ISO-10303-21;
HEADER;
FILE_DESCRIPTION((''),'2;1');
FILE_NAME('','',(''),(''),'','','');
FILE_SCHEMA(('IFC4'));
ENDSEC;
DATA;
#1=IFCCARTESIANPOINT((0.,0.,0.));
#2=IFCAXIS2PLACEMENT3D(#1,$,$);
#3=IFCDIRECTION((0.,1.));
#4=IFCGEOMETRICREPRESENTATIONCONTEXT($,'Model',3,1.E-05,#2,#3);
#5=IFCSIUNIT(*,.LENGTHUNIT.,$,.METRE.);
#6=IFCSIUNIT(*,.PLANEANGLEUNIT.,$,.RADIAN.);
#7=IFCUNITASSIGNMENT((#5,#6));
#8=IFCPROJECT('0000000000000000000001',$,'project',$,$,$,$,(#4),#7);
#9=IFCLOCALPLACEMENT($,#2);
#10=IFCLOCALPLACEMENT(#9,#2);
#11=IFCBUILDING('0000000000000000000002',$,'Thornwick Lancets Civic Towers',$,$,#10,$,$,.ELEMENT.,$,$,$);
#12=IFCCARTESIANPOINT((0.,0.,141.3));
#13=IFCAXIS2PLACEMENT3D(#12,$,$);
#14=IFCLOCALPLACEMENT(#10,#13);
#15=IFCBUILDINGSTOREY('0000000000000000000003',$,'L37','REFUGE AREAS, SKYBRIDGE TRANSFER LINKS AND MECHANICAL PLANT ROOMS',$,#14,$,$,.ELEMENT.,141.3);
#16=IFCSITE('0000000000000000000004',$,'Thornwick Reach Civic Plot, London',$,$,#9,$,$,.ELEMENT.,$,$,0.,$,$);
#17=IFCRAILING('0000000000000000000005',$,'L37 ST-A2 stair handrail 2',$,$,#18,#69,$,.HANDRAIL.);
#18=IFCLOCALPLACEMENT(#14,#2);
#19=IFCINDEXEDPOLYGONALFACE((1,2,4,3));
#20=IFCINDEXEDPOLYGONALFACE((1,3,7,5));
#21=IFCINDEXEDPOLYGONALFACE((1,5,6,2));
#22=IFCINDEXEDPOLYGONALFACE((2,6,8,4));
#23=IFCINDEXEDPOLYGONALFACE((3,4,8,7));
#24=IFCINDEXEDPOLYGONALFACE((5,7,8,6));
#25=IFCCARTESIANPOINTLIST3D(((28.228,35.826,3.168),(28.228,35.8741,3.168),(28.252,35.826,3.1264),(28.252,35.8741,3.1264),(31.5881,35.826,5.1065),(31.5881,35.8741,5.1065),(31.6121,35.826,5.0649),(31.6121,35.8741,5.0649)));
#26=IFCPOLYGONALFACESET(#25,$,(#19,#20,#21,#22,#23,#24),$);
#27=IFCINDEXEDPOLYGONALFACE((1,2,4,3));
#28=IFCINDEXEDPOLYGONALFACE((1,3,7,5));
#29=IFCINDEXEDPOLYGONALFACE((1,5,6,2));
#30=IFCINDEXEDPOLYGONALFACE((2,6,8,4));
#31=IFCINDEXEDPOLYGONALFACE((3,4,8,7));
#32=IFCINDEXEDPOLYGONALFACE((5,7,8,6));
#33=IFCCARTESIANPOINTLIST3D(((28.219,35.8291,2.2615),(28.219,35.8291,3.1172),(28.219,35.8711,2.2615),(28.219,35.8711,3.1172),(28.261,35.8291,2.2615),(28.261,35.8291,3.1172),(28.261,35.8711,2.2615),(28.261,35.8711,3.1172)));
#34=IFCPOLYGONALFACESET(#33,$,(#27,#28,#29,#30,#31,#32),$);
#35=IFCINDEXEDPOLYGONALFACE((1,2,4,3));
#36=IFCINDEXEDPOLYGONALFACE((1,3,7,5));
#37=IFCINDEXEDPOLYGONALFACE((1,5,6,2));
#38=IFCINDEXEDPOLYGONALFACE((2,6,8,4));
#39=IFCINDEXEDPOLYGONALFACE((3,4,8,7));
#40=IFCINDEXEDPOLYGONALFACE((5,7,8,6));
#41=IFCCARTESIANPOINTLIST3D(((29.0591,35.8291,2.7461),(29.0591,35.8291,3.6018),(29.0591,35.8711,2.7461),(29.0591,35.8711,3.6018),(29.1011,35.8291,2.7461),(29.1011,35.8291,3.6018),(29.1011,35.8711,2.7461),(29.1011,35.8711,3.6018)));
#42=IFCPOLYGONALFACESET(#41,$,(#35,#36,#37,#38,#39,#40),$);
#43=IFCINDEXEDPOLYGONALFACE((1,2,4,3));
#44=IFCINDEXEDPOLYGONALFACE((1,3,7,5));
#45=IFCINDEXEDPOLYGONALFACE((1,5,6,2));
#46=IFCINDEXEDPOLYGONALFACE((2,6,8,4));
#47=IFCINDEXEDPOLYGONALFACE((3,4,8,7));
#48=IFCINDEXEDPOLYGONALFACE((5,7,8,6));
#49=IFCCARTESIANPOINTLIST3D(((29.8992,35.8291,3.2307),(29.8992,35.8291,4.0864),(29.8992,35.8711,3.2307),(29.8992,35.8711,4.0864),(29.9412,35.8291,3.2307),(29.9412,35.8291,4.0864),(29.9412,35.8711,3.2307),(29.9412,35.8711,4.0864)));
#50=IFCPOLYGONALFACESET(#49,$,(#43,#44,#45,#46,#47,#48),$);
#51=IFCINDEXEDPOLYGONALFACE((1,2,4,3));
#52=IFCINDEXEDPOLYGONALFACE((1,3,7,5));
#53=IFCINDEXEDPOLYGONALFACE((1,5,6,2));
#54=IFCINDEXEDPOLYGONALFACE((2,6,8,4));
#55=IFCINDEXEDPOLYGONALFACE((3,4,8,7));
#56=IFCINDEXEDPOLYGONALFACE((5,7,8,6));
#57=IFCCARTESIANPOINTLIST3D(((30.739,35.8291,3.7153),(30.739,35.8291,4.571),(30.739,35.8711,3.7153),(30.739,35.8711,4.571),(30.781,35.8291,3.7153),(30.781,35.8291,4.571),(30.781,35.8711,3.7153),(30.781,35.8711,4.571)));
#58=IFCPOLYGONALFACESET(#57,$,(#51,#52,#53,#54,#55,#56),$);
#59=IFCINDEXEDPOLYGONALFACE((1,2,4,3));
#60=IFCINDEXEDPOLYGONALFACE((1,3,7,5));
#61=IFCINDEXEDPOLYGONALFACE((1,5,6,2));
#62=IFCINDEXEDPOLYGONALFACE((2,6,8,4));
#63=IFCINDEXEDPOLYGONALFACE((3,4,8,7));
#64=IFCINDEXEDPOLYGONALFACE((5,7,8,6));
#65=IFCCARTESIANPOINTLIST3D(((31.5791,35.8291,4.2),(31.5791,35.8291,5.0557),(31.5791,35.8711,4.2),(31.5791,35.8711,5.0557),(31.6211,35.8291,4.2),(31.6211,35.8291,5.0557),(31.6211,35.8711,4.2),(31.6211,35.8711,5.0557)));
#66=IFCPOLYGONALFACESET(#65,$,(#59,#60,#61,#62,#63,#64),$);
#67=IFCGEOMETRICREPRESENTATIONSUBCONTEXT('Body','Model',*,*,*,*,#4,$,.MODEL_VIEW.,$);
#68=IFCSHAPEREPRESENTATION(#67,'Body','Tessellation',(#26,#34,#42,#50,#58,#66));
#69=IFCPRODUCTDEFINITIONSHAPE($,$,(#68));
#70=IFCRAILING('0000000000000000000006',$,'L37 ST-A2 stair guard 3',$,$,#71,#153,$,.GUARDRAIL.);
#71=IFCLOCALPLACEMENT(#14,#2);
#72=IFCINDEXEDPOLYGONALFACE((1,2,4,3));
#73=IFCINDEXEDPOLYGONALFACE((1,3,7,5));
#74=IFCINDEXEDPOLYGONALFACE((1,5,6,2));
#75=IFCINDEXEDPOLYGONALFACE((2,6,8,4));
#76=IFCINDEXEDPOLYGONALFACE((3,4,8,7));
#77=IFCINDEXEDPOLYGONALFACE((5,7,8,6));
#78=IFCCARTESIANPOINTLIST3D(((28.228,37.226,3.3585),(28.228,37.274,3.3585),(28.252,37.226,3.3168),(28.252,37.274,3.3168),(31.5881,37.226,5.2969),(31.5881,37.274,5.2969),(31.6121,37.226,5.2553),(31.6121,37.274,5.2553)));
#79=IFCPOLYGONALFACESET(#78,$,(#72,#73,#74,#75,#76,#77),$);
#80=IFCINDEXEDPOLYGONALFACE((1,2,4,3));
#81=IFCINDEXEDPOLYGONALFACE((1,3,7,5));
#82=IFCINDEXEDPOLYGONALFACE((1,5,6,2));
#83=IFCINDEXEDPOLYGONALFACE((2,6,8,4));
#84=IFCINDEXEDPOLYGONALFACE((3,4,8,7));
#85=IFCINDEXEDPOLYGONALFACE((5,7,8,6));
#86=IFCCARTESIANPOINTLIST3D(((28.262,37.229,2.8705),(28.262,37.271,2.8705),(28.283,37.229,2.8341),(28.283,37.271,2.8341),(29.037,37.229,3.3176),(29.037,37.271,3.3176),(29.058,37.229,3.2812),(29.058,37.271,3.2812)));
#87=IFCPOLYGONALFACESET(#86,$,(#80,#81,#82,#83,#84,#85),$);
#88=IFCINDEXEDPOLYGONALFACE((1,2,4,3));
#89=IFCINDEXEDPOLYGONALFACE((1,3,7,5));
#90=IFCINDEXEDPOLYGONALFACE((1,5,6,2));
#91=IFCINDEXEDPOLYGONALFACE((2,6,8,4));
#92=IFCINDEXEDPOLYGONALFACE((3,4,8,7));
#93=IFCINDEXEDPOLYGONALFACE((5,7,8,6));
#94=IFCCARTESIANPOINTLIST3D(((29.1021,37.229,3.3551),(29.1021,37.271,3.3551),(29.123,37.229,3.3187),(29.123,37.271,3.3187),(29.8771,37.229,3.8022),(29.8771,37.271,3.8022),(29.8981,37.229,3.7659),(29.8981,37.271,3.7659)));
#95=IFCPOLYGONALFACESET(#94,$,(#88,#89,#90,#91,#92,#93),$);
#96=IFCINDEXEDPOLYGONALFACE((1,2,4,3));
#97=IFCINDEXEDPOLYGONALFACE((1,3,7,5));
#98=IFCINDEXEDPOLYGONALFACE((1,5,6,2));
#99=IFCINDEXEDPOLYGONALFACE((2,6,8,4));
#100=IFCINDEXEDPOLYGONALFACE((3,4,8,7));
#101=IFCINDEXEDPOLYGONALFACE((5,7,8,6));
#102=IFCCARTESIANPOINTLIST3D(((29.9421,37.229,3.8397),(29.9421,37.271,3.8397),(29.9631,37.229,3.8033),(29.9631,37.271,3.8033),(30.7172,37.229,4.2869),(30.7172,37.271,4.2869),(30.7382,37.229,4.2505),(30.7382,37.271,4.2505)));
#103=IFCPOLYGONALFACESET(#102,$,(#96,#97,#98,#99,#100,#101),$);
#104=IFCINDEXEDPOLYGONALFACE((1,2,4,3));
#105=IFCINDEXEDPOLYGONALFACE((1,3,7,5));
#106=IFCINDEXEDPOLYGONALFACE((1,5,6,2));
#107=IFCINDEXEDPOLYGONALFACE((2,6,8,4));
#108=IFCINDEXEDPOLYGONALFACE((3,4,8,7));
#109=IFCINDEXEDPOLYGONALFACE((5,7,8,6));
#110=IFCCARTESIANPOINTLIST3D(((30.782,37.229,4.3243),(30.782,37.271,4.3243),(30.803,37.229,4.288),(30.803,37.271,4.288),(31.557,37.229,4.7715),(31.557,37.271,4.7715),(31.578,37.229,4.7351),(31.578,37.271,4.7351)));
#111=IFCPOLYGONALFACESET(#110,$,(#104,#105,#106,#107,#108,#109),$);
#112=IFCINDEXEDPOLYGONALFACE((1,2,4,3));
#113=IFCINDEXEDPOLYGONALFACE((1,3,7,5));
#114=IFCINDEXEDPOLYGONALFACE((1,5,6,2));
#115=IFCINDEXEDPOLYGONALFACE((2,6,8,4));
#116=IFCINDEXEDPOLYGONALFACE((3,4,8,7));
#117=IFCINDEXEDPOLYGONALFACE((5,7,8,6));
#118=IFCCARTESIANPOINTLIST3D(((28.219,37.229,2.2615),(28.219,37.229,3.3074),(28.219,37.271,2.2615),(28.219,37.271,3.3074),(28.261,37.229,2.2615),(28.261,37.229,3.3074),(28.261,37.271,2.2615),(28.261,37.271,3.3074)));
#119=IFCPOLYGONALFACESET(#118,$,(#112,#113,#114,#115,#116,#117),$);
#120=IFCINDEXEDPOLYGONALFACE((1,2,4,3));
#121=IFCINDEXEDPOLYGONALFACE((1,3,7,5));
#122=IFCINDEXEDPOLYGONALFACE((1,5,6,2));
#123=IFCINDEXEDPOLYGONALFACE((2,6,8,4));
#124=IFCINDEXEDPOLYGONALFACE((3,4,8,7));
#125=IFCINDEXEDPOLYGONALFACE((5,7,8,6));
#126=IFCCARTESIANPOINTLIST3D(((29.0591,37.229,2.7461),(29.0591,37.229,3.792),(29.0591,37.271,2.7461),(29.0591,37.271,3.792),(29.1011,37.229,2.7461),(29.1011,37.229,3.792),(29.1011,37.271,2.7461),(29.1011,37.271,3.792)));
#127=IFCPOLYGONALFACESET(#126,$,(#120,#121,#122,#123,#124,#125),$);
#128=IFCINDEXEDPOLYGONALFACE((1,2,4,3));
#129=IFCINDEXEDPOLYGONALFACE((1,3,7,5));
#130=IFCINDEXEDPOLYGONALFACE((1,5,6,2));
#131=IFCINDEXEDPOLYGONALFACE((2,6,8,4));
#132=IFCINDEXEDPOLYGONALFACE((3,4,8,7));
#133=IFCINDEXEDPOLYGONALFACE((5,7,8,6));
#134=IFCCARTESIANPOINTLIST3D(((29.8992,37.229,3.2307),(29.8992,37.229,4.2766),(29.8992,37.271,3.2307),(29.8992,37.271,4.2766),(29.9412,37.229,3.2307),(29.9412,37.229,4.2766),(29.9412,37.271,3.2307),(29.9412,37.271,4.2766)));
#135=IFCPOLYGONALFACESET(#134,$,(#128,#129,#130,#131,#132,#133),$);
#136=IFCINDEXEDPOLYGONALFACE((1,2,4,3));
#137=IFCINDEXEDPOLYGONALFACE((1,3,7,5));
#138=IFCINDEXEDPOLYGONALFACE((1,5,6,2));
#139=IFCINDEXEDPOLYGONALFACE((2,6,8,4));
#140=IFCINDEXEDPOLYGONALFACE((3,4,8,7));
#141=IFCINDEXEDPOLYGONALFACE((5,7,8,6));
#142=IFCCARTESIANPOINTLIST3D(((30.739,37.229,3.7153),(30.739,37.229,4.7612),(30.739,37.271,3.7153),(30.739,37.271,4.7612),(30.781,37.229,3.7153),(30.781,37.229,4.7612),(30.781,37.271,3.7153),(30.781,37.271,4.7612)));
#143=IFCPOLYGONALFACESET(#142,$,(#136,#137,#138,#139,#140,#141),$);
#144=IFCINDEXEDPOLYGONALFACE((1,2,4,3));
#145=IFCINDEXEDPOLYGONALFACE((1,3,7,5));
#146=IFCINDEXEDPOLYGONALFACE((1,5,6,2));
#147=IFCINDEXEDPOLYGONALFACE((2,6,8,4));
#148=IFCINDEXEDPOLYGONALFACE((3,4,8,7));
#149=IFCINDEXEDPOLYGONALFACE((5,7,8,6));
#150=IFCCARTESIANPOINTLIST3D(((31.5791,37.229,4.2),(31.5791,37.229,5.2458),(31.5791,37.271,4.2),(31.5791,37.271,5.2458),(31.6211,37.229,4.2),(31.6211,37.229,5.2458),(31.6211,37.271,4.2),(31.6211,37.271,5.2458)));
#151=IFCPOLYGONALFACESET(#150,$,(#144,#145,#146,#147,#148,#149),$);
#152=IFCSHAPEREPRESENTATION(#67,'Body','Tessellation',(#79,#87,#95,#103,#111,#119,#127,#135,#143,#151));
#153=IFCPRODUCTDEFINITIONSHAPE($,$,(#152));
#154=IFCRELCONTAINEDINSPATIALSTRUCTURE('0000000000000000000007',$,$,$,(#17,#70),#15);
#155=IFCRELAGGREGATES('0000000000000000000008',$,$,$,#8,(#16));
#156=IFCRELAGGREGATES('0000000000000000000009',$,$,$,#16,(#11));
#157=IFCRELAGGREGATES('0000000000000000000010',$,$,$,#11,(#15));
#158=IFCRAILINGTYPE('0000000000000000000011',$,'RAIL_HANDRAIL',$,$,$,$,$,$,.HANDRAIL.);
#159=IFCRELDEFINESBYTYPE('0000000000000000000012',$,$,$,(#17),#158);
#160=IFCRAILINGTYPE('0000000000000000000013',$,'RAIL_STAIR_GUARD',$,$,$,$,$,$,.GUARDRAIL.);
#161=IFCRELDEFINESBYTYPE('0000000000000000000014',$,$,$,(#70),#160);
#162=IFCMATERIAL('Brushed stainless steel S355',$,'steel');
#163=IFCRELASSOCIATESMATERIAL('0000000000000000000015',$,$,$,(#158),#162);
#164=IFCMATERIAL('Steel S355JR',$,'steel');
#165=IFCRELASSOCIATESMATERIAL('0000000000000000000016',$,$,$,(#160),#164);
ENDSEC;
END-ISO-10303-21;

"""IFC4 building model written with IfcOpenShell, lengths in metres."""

from ifc_helpers import new_model, si_unit, direction, frame, origin, origin_2d, place, context, subcontext, project, spatial, rectangle, extrude, material, type_object, element, save


model = new_model("IFC4")

# Units and contexts
model_context = context("Model", 3, precision=1e-05, world=origin(), true_north=direction((0.0, 1.0)))
body_context = subcontext(model_context, "Body", "Model", "MODEL_VIEW")
ifc_project = project(units=[si_unit("LENGTHUNIT", "METRE"), si_unit("PLANEANGLEUNIT", "RADIAN")], contexts=[model_context])

# Site, building, storey
site_placement = place(None, origin())
site = spatial("IfcSite", under=ifc_project, at=site_placement, Name="Thornwick Reach Civic Plot, London", CompositionType="ELEMENT", RefElevation=0.0)
building_placement = place(site_placement, origin())
building = spatial("IfcBuilding", under=site, at=building_placement, Name="Thornwick Lancets Civic Towers", CompositionType="ELEMENT")
storey_placement = place(building_placement, frame((0.0, 0.0, 141.3)))
storey = spatial("IfcBuildingStorey", under=building, at=storey_placement, Name="L37", Description="REFUGE AREAS, SKYBRIDGE TRANSFER LINKS AND MECHANICAL PLANT ROOMS", CompositionType="ELEMENT", Elevation=141.3)

# Shared definitions
ifc_material_1 = material(Name="Steel S355JR", Category="steel")

# Railings
ifc_material_2 = material(Name="Brushed stainless steel S355", Category="steel")
railing_type_1 = type_object("IfcRailingType", Name="RAIL_HANDRAIL", PredefinedType="HANDRAIL", material=ifc_material_2)
railing_1_placement = place(storey_placement, frame((28.24, 35.8501, 2.2615)))
element("IfcRailing", 1, at=railing_1_placement, inside=storey, type_object=railing_type_1, Name="L37 ST-A2 stair handrail 2", PredefinedType="HANDRAIL", context=body_context, shape_type="SweptSolid", body=[
    extrude(rectangle(XDim=0.0481, YDim=0.0481, at=origin_2d()), frame((0.0, 0.0, 0.8857), z_axis=(0.866191, 0.0, 0.499713), x_axis=(0.0, 1.0, 0.0)), (0.0, 0.0, 1.0), 3.8792),
    extrude(rectangle(XDim=0.042, YDim=0.042, at=origin_2d()), origin(), (0.0, 0.0, 1.0), 0.8557),
    extrude(rectangle(XDim=0.042, YDim=0.042, at=origin_2d()), frame((0.8401, 0.0, 0.4846)), (0.0, 0.0, 1.0), 0.8557),
    extrude(rectangle(XDim=0.042, YDim=0.042, at=origin_2d()), frame((1.6802, 0.0, 0.9692)), (0.0, 0.0, 1.0), 0.8557),
    extrude(rectangle(XDim=0.042, YDim=0.042, at=origin_2d()), frame((2.52, 0.0, 1.4539)), (0.0, 0.0, 1.0), 0.8557),
    extrude(rectangle(XDim=0.042, YDim=0.042, at=origin_2d()), frame((3.3601, 0.0, 1.9385)), (0.0, 0.0, 1.0), 0.8557),
])
railing_type_2 = type_object("IfcRailingType", Name="RAIL_STAIR_GUARD", PredefinedType="GUARDRAIL", material=ifc_material_1)
railing_2_placement = place(storey_placement, frame((28.24, 37.25, 2.2615)))
element("IfcRailing", 2, at=railing_2_placement, inside=storey, type_object=railing_type_2, Name="L37 ST-A2 stair guard 3", PredefinedType="GUARDRAIL", context=body_context, shape_type="SweptSolid", body=[
    extrude(rectangle(XDim=0.0481, YDim=0.0481, at=origin_2d()), frame((0.0, 0.0, 1.0762), z_axis=(0.866191, 0.0, 0.499713), x_axis=(0.0, 1.0, 0.0)), (0.0, 0.0, 1.0), 3.8792),
    extrude(rectangle(XDim=0.042, YDim=0.042, at=origin_2d()), frame((0.0325, 0.0, 0.5908), z_axis=(0.866191, 0.0, 0.499713), x_axis=(0.0, 1.0, 0.0)), (0.0, 0.0, 1.0), 0.8948),
    extrude(rectangle(XDim=0.042, YDim=0.042, at=origin_2d()), frame((0.8726, 0.0, 1.0754), z_axis=(0.866191, 0.0, 0.499713), x_axis=(0.0, 1.0, 0.0)), (0.0, 0.0, 1.0), 0.8948),
    extrude(rectangle(XDim=0.042, YDim=0.042, at=origin_2d()), frame((1.7126, 0.0, 1.5601), z_axis=(0.866191, 0.0, 0.499713), x_axis=(0.0, 1.0, 0.0)), (0.0, 0.0, 1.0), 0.8948),
    extrude(rectangle(XDim=0.042, YDim=0.042, at=origin_2d()), frame((2.5525, 0.0, 2.0447), z_axis=(0.866191, 0.0, 0.499713), x_axis=(0.0, 1.0, 0.0)), (0.0, 0.0, 1.0), 0.8948),
    extrude(rectangle(XDim=0.042, YDim=0.042, at=origin_2d()), origin(), (0.0, 0.0, 1.0), 1.0459),
    extrude(rectangle(XDim=0.042, YDim=0.042, at=origin_2d()), frame((0.8401, 0.0, 0.4846)), (0.0, 0.0, 1.0), 1.0459),
    extrude(rectangle(XDim=0.042, YDim=0.042, at=origin_2d()), frame((1.6802, 0.0, 0.9692)), (0.0, 0.0, 1.0), 1.0459),
    extrude(rectangle(XDim=0.042, YDim=0.042, at=origin_2d()), frame((2.52, 0.0, 1.4539)), (0.0, 0.0, 1.0), 1.0459),
    extrude(rectangle(XDim=0.042, YDim=0.042, at=origin_2d()), frame((3.3601, 0.0, 1.9385)), (0.0, 0.0, 1.0), 1.0459),
])

save(model, "model.ifc")
